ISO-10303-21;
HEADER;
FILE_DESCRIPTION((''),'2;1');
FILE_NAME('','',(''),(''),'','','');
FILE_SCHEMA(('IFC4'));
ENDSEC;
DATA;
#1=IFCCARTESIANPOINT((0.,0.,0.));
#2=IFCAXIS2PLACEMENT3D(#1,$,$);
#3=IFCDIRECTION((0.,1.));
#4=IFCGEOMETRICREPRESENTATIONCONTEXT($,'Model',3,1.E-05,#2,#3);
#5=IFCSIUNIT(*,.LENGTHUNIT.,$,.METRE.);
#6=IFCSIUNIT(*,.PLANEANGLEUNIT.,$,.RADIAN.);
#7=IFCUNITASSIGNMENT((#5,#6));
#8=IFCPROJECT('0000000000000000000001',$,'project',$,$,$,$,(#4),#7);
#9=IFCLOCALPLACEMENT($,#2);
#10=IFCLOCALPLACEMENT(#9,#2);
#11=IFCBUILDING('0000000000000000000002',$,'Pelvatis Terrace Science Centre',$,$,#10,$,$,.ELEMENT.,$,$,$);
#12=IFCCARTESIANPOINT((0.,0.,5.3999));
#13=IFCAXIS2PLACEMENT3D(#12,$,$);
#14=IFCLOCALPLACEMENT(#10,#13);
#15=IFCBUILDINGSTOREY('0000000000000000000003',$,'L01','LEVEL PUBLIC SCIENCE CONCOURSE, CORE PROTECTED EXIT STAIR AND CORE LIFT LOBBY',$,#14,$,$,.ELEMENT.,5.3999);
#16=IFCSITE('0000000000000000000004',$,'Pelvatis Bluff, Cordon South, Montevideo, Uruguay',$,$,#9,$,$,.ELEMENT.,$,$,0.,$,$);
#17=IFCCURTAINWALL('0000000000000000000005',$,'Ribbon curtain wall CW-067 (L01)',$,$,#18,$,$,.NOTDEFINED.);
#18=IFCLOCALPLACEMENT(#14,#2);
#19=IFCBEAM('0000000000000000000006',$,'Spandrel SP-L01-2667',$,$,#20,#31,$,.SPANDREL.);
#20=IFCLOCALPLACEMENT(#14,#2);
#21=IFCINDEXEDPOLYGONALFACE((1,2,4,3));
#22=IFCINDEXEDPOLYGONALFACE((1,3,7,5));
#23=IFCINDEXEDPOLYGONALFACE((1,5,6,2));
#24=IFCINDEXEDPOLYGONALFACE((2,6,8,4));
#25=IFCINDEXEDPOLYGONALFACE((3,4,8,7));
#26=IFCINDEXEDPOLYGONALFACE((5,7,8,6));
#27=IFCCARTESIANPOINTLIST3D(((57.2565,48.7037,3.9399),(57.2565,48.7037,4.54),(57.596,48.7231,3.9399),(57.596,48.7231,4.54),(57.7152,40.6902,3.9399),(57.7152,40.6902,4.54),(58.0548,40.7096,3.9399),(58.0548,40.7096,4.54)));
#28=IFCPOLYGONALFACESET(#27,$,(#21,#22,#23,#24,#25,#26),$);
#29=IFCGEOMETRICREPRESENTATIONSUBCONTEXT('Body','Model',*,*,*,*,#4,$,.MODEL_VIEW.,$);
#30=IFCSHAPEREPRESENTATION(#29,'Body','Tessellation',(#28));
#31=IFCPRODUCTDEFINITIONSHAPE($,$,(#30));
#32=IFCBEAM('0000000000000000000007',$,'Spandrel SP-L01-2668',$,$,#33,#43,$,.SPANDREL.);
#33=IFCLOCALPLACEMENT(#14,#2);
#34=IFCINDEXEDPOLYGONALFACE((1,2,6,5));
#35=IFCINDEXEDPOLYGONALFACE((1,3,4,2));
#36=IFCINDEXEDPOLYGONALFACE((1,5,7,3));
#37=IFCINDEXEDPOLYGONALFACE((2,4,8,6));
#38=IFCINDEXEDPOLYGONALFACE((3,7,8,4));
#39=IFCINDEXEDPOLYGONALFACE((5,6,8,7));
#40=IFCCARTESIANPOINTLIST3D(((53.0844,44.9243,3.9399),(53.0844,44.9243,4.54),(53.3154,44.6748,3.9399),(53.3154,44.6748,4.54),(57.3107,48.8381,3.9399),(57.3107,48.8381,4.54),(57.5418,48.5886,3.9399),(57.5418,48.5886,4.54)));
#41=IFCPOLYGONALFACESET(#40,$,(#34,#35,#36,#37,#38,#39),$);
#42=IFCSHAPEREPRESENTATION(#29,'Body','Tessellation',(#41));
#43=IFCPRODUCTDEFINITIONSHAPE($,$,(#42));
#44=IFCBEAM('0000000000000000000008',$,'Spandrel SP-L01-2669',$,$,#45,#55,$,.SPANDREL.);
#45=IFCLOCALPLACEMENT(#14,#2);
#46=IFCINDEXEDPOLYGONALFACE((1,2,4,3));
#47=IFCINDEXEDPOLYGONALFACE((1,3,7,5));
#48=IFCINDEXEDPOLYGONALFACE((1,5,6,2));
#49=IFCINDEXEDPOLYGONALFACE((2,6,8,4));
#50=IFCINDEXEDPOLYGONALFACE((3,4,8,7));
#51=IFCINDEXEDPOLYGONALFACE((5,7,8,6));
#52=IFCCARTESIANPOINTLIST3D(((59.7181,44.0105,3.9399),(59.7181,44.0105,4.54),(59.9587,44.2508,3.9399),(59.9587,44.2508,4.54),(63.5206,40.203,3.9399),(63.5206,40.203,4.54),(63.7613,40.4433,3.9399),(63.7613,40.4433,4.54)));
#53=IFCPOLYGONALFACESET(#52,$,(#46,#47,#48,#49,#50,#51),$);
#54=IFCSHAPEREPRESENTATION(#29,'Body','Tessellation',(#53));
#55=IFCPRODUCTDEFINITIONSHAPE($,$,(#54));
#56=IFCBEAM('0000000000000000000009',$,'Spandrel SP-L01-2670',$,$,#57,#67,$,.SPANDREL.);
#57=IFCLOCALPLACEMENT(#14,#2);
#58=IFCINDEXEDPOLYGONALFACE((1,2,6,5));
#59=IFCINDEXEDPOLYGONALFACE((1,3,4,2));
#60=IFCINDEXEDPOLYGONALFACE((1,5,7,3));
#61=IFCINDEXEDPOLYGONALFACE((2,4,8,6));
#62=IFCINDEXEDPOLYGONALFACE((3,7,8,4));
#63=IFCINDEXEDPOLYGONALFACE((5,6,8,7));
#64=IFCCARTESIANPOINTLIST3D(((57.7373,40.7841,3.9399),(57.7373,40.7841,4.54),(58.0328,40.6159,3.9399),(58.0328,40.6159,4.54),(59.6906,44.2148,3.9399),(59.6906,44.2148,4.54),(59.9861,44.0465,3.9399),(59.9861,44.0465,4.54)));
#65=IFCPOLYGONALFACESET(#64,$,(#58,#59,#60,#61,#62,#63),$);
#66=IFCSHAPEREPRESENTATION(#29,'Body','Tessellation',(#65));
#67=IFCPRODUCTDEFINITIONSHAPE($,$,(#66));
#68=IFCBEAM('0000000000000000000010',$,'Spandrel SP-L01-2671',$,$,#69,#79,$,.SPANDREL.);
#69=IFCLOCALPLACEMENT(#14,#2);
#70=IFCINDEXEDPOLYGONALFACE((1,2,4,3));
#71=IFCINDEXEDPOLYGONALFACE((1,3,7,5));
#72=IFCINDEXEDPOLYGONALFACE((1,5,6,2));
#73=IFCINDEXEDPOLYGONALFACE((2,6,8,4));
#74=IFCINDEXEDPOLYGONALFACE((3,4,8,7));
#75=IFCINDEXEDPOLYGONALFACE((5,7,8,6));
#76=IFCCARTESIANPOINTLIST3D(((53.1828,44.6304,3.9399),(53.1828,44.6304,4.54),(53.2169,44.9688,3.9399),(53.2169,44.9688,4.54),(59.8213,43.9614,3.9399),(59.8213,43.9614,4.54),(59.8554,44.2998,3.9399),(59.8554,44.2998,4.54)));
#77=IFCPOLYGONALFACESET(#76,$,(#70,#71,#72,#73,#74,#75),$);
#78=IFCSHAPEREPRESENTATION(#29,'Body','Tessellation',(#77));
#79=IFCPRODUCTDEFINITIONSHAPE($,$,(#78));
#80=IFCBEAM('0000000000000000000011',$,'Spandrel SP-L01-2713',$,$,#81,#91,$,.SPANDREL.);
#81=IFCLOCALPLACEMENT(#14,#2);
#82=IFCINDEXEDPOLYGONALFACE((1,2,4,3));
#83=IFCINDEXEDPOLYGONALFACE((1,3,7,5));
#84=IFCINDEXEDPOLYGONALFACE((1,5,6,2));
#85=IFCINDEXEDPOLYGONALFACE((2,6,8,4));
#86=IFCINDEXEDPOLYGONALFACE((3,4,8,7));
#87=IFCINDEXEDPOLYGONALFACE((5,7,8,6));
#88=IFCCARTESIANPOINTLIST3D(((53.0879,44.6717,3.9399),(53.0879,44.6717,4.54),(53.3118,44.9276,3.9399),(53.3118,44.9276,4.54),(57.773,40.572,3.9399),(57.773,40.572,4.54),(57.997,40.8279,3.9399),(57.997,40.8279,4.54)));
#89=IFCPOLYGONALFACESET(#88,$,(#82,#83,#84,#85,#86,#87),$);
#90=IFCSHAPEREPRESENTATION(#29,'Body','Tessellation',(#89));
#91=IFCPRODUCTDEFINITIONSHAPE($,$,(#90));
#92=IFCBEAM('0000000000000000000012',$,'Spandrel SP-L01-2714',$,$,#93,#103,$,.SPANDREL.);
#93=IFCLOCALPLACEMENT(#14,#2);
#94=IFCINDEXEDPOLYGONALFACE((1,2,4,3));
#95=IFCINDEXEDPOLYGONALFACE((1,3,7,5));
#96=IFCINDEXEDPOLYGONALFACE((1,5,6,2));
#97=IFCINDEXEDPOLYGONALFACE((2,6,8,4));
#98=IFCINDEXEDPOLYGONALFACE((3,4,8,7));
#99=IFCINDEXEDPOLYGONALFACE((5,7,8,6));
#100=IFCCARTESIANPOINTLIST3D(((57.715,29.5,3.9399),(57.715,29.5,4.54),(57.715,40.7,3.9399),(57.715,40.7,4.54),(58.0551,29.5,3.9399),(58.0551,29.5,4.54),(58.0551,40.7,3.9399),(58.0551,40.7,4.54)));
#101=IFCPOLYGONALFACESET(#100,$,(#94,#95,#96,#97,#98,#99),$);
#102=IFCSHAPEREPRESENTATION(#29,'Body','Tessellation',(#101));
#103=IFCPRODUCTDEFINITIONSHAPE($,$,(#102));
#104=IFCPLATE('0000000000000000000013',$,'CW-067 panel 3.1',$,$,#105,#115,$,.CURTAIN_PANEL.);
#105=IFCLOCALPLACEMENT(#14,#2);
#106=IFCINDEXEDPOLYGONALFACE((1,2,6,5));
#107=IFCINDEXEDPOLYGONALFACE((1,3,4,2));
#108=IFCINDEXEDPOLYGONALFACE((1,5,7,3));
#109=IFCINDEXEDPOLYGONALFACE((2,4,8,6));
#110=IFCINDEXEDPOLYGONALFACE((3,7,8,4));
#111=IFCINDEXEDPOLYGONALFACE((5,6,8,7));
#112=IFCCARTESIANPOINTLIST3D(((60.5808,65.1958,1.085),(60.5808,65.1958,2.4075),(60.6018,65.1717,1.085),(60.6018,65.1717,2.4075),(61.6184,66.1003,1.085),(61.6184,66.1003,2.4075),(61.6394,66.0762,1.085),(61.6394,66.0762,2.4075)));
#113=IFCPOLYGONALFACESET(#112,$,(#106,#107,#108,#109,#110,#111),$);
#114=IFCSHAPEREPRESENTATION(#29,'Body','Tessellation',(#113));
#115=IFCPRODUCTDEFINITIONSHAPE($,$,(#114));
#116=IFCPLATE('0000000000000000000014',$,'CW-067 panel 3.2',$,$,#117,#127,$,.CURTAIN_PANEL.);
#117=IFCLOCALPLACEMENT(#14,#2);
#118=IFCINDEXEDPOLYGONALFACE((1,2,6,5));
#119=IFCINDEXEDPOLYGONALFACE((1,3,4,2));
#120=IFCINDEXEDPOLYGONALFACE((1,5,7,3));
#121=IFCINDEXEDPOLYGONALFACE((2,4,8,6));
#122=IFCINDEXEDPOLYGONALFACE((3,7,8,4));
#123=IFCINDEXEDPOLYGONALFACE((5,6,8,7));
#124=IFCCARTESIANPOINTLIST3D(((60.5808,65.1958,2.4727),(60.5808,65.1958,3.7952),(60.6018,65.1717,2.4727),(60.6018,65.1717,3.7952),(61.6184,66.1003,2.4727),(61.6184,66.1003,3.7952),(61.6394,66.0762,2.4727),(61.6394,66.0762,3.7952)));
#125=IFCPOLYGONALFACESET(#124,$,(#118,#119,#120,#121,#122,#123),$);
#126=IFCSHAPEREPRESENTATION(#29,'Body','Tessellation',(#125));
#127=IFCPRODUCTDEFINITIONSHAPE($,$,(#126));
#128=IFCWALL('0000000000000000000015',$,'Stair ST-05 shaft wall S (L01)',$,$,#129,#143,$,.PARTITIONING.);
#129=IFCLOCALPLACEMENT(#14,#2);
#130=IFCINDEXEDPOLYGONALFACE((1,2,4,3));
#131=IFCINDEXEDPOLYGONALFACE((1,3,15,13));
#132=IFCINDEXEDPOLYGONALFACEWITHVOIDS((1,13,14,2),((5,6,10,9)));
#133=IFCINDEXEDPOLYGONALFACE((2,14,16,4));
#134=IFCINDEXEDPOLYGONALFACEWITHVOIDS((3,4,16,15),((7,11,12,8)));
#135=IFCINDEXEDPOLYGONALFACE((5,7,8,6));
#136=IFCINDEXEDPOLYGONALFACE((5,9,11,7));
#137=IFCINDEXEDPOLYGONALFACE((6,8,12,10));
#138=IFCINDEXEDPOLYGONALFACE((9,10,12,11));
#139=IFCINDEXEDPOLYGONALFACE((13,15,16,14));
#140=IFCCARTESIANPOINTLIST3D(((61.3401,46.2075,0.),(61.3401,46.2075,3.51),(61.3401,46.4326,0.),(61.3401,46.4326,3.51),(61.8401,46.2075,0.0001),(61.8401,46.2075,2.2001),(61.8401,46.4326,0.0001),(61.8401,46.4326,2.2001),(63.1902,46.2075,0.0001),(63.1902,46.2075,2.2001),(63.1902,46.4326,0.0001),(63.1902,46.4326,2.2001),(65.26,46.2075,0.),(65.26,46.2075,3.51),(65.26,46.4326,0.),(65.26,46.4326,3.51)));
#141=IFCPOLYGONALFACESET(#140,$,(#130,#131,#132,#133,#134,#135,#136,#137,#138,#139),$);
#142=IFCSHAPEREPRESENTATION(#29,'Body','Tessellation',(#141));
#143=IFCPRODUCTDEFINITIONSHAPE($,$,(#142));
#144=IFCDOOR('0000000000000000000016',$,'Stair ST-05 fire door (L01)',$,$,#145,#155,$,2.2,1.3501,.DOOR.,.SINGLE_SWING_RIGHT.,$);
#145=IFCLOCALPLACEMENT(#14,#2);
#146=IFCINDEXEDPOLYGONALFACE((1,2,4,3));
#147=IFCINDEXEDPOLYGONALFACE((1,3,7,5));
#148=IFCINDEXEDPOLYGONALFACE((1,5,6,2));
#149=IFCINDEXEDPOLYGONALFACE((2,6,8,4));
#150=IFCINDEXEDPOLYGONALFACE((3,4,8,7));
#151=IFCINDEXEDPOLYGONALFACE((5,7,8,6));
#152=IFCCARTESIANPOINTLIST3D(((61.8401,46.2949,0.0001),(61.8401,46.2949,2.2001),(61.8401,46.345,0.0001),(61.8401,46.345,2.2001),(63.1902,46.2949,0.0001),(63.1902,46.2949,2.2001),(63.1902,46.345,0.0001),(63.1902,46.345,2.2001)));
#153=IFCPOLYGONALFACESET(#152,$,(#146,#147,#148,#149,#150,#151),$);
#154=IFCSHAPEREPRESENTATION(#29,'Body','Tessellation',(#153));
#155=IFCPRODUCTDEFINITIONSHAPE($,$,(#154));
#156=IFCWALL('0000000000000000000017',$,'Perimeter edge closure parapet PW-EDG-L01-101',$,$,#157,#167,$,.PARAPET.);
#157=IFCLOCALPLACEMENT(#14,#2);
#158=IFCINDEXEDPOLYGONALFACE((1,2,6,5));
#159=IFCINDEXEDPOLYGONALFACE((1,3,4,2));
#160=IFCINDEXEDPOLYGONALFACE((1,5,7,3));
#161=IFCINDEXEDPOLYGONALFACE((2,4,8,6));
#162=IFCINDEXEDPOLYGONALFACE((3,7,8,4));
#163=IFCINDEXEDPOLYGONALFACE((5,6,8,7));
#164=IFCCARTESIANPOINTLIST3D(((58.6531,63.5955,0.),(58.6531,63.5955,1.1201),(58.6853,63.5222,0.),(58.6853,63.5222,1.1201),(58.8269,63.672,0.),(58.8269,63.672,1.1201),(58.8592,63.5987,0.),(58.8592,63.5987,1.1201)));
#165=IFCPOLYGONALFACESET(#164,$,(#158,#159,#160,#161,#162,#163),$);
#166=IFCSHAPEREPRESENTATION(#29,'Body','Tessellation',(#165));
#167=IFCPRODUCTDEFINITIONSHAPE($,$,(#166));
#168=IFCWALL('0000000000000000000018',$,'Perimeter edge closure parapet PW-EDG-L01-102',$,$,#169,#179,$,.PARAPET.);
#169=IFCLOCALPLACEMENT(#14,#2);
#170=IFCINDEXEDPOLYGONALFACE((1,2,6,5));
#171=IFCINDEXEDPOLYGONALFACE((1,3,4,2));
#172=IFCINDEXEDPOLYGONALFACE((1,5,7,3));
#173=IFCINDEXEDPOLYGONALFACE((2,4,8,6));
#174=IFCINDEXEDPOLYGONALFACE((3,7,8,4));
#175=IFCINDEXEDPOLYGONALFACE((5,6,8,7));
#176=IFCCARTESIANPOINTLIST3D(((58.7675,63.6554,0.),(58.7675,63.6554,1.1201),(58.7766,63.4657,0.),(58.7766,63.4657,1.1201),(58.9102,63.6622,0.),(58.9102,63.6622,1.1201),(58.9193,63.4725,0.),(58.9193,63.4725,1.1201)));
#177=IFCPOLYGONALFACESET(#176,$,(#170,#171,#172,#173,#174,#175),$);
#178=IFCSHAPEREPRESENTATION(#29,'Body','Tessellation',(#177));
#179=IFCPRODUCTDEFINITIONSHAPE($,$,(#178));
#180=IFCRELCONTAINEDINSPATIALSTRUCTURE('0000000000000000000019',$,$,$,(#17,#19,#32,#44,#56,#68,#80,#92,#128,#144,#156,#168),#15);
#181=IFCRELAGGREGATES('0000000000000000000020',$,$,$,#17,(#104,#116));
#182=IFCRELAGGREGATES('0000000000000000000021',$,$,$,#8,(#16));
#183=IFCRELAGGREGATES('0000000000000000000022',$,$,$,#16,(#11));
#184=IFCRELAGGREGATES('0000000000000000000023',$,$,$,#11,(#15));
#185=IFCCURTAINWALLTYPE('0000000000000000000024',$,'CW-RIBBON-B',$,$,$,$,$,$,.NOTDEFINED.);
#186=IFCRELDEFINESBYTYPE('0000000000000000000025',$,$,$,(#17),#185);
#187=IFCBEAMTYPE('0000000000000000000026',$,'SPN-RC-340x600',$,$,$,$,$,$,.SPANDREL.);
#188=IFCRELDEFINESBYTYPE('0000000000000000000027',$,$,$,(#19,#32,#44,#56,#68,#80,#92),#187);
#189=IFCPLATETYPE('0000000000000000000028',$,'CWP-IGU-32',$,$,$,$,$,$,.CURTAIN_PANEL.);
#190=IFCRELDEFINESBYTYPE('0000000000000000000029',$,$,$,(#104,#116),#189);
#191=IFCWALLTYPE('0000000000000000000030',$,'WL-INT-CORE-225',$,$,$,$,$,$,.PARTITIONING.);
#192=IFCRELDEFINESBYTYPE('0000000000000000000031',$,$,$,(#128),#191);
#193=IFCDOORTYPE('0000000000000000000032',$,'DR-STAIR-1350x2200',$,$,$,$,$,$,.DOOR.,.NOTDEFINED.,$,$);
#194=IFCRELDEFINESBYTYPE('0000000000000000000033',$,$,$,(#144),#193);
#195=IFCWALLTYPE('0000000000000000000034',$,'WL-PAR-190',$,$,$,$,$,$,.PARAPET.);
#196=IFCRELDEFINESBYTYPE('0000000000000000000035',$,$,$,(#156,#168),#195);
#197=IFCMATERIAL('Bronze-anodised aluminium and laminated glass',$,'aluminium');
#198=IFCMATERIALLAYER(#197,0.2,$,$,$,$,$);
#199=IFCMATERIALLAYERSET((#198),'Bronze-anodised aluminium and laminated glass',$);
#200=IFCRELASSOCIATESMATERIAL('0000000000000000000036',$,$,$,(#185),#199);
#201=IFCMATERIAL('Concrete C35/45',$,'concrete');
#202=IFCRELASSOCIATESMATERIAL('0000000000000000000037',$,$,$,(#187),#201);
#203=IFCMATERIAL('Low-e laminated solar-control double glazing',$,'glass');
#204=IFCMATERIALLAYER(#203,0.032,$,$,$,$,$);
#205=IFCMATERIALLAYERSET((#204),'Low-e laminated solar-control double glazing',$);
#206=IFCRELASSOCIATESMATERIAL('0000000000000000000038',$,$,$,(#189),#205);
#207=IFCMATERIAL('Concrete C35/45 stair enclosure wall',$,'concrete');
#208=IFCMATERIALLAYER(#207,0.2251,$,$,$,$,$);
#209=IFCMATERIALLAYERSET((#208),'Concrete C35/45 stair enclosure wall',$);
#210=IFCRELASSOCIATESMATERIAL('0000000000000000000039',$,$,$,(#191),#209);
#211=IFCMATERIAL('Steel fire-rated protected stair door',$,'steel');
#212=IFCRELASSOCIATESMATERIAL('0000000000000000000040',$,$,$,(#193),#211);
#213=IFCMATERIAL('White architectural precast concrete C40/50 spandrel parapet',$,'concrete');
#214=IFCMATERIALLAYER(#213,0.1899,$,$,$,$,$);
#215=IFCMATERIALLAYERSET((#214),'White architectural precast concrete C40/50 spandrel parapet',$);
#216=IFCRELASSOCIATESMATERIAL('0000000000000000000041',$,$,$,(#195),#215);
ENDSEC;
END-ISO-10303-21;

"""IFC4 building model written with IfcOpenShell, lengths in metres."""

from ifc_helpers import new_model, si_unit, direction, frame, frame_2d, origin, origin_2d, place, context, subcontext, project, spatial, rectangle, extrude, material, layer, layer_set, material_profile, profile_set, type_object, element, fill, aggregate, save


model = new_model("IFC4")

# Units and contexts
model_context = context("Model", 3, precision=1e-05, world=origin(), true_north=direction((0.0, 1.0)))
body_context = subcontext(model_context, "Body", "Model", "MODEL_VIEW")
ifc_project = project(units=[si_unit("LENGTHUNIT", "METRE"), si_unit("PLANEANGLEUNIT", "RADIAN")], contexts=[model_context])

# Site, building, storey
site_placement = place(None, origin())
site = spatial("IfcSite", under=ifc_project, at=site_placement, Name="Pelvatis Bluff, Cordon South, Montevideo, Uruguay", CompositionType="ELEMENT", RefElevation=0.0)
building_placement = place(site_placement, origin())
building = spatial("IfcBuilding", under=site, at=building_placement, Name="Pelvatis Terrace Science Centre", CompositionType="ELEMENT")
storey_placement = place(building_placement, frame((0.0, 0.0, 5.3999)))
storey = spatial("IfcBuildingStorey", under=building, at=storey_placement, Name="L01", Description="LEVEL PUBLIC SCIENCE CONCOURSE, CORE PROTECTED EXIT STAIR AND CORE LIFT LOBBY", CompositionType="ELEMENT", Elevation=5.3999)

# Curtain wall
ifc_material_1 = material(Name="Bronze-anodised aluminium and laminated glass", Category="aluminium")
ifc_layer_1 = layer(ifc_material_1, 0.2)
ifc_layer_set_1 = layer_set([ifc_layer_1], Name="Bronze-anodised aluminium and laminated glass")
curtain_wall_type = type_object("IfcCurtainWallType", Name="CW-RIBBON-B", PredefinedType="NOTDEFINED", material=ifc_layer_set_1)
curtain_wall_placement = place(storey_placement, origin())
curtain_wall = element("IfcCurtainWall", 1, at=curtain_wall_placement, inside=storey, type_object=curtain_wall_type, Name="Ribbon curtain wall CW-067 (L01)", PredefinedType="NOTDEFINED")

# Beams
ifc_material_2 = material(Name="Concrete C35/45", Category="concrete")
ifc_material_profile_1 = material_profile(ifc_material_2, rectangle(XDim=0.3401, YDim=0.6001, at=origin_2d()), Name="RC-SPN 340x600")
ifc_profile_set_1 = profile_set([ifc_material_profile_1], Name="Concrete C35/45")
beam_type_1 = type_object("IfcBeamType", Name="SPN-RC-340x600", PredefinedType="SPANDREL", material=ifc_profile_set_1)
beam_1_placement = place(storey_placement, frame((57.4263, 48.7134, 4.24), z_axis=(0.057153, -0.998365, 0.0), x_axis=(0.998365, 0.057153, 0.0)))
element("IfcBeam", 2, at=beam_1_placement, inside=storey, type_object=beam_type_1, Name="Spandrel SP-L01-2667", PredefinedType="SPANDREL", context=body_context, shape_type="SweptSolid", body=[
    extrude(rectangle(XDim=0.3401, YDim=0.6001, at=origin_2d()), origin(), (0.0, 0.0, 1.0), 8.0266),
])
beam_2_placement = place(storey_placement, frame((57.4263, 48.7134, 4.24), z_axis=(-0.733712, -0.67946, 0.0), x_axis=(0.67946, -0.733712, 0.0)))
element("IfcBeam", 3, at=beam_2_placement, inside=storey, type_object=beam_type_1, Name="Spandrel SP-L01-2668", PredefinedType="SPANDREL", context=body_context, shape_type="SweptSolid", body=[
    extrude(rectangle(XDim=0.3401, YDim=0.6001, at=origin_2d()), origin(), (0.0, 0.0, 1.0), 5.7603),
])
beam_3_placement = place(storey_placement, frame((59.8384, 44.1306, 4.24), z_axis=(0.706653, -0.70756, 0.0), x_axis=(0.70756, 0.706653, 0.0)))
element("IfcBeam", 4, at=beam_3_placement, inside=storey, type_object=beam_type_1, Name="Spandrel SP-L01-2669", PredefinedType="SPANDREL", context=body_context, shape_type="SweptSolid", body=[
    extrude(rectangle(XDim=0.3401, YDim=0.6001, at=origin_2d()), origin(), (0.0, 0.0, 1.0), 5.3811),
])
beam_4_placement = place(storey_placement, frame((59.8384, 44.1306, 4.24), z_axis=(-0.4948, -0.869007, 0.0), x_axis=(0.869007, -0.4948, 0.0)))
element("IfcBeam", 5, at=beam_4_placement, inside=storey, type_object=beam_type_1, Name="Spandrel SP-L01-2670", PredefinedType="SPANDREL", context=body_context, shape_type="SweptSolid", body=[
    extrude(rectangle(XDim=0.3401, YDim=0.6001, at=origin_2d()), origin(), (0.0, 0.0, 1.0), 3.9478),
])
beam_5_placement = place(storey_placement, frame((59.8384, 44.1306, 4.24), z_axis=(-0.994961, 0.100261, 0.0), x_axis=(-0.100261, -0.994961, 0.0)))
element("IfcBeam", 6, at=beam_5_placement, inside=storey, type_object=beam_type_1, Name="Spandrel SP-L01-2671", PredefinedType="SPANDREL", context=body_context, shape_type="SweptSolid", body=[
    extrude(rectangle(XDim=0.3401, YDim=0.6001, at=origin_2d()), origin(), (0.0, 0.0, 1.0), 6.6721),
])
beam_6_placement = place(storey_placement, frame((57.885, 40.7, 4.24), z_axis=(-0.752562, 0.658521, 0.0), x_axis=(-0.658521, -0.752562, 0.0)))
element("IfcBeam", 7, at=beam_6_placement, inside=storey, type_object=beam_type_1, Name="Spandrel SP-L01-2713", PredefinedType="SPANDREL", context=body_context, shape_type="SweptSolid", body=[
    extrude(rectangle(XDim=0.3401, YDim=0.6001, at=origin_2d()), origin(), (0.0, 0.0, 1.0), 6.2256),
])
beam_7_placement = place(storey_placement, frame((57.885, 40.7, 4.24), z_axis=(0.0, -1.0, 0.0), x_axis=(1.0, 0.0, 0.0)))
element("IfcBeam", 8, at=beam_7_placement, inside=storey, type_object=beam_type_1, Name="Spandrel SP-L01-2714", PredefinedType="SPANDREL", context=body_context, shape_type="SweptSolid", body=[
    extrude(rectangle(XDim=0.3401, YDim=0.6001, at=origin_2d()), origin(), (0.0, 0.0, 1.0), 11.2),
])

# Plates
ifc_material_3 = material(Name="Low-e laminated solar-control double glazing", Category="glass")
ifc_layer_2 = layer(ifc_material_3, 0.032)
ifc_layer_set_2 = layer_set([ifc_layer_2], Name="Low-e laminated solar-control double glazing")
plate_type = type_object("IfcPlateType", Name="CWP-IGU-32", PredefinedType="CURTAIN_PANEL", material=ifc_layer_set_2)
plate_1_placement = place(storey_placement, frame((61.1101, 65.636, 1.085), z_axis=(0.0, 0.0, 1.0), x_axis=(-0.753793, -0.657112, 0.0)))
plate_1 = element("IfcPlate", 9, at=plate_1_placement, type_object=plate_type, Name="CW-067 panel 3.1", PredefinedType="CURTAIN_PANEL", context=body_context, shape_type="SweptSolid", body=[
    extrude(rectangle(XDim=1.3765, YDim=0.032, at=origin_2d()), origin(), (0.0, 0.0, 1.0), 1.3225),
])
plate_2_placement = place(storey_placement, frame((61.1101, 65.636, 2.4727), z_axis=(0.0, 0.0, 1.0), x_axis=(-0.753793, -0.657112, 0.0)))
plate_2 = element("IfcPlate", 10, at=plate_2_placement, type_object=plate_type, Name="CW-067 panel 3.2", PredefinedType="CURTAIN_PANEL", context=body_context, shape_type="SweptSolid", body=[
    extrude(rectangle(XDim=1.3765, YDim=0.032, at=origin_2d()), origin(), (0.0, 0.0, 1.0), 1.3225),
])
aggregate(curtain_wall, [plate_1, plate_2])

# Wall, opening, door
ifc_material_4 = material(Name="Concrete C35/45 stair enclosure wall", Category="concrete")
ifc_layer_3 = layer(ifc_material_4, 0.2251)
ifc_layer_set_3 = layer_set([ifc_layer_3], Name="Concrete C35/45 stair enclosure wall")
wall_type_1 = type_object("IfcWallType", Name="WL-INT-CORE-225", PredefinedType="PARTITIONING", material=ifc_layer_set_3)
wall_1_placement = place(storey_placement, frame((61.3401, 46.3201, 0.0), z_axis=(0.0, 0.0, 1.0), x_axis=(1.0, 0.0, 0.0)))
wall_1 = element("IfcWall", 11, at=wall_1_placement, inside=storey, type_object=wall_type_1, Name="Stair ST-05 shaft wall S (L01)", PredefinedType="PARTITIONING", context=body_context, shape_type="SweptSolid", body=[
    extrude(rectangle(XDim=3.9199, YDim=0.2251, at=frame_2d((1.96, 0.0))), origin(), (0.0, 0.0, 1.0), 3.51),
])
opening_placement = place(wall_1_placement, frame((0.5, 0.0, 0.0)))
opening = element("IfcOpeningElement", 12, at=opening_placement, cuts=wall_1, PredefinedType="OPENING", context=body_context, shape_type="SweptSolid", body=[
    extrude(rectangle(XDim=1.3501, YDim=2.2, at=frame_2d((0.675, 1.1001))), frame((0.0, 0.1226, 0.0), z_axis=(0.0, -1.0, 0.0), x_axis=(1.0, 0.0, 0.0)), (0.0, 0.0, 1.0), 0.2451),
])
ifc_material_5 = material(Name="Steel fire-rated protected stair door", Category="steel")
door_type = type_object("IfcDoorType", Name="DR-STAIR-1350x2200", OperationType="NOTDEFINED", PredefinedType="DOOR", material=ifc_material_5)
door_placement = place(opening_placement, origin())
door = element("IfcDoor", 13, at=door_placement, inside=storey, type_object=door_type, Name="Stair ST-05 fire door (L01)", OperationType="SINGLE_SWING_RIGHT", OverallHeight=2.2, OverallWidth=1.3501, PredefinedType="DOOR", context=body_context, shape_type="SweptSolid", body=[
    extrude(rectangle(XDim=1.3501, YDim=2.2, at=frame_2d((0.675, 1.1001))), frame((0.0, 0.0249, 0.0), z_axis=(0.0, -1.0, 0.0), x_axis=(1.0, 0.0, 0.0)), (0.0, 0.0, 1.0), 0.05),
])
fill(opening, door)

# Walls
ifc_material_6 = material(Name="White architectural precast concrete C40/50 spandrel parapet", Category="concrete")
ifc_layer_4 = layer(ifc_material_6, 0.1899)
ifc_layer_set_4 = layer_set([ifc_layer_4], Name="White architectural precast concrete C40/50 spandrel parapet")
wall_type_2 = type_object("IfcWallType", Name="WL-PAR-190", PredefinedType="PARAPET", material=ifc_layer_set_4)
wall_2_placement = place(storey_placement, frame((58.74, 63.6338, 0.0), z_axis=(0.0, 0.0, 1.0), x_axis=(0.402739, -0.915315, 0.0)))
element("IfcWall", 14, at=wall_2_placement, inside=storey, type_object=wall_type_2, Name="Perimeter edge closure parapet PW-EDG-L01-101", PredefinedType="PARAPET", context=body_context, shape_type="SweptSolid", body=[
    extrude(rectangle(XDim=0.0801, YDim=0.1899, at=frame_2d((0.04, 0.0))), origin(), (0.0, 0.0, 1.0), 1.1201),
])
wall_3_placement = place(storey_placement, frame((58.7722, 63.5605, 0.0), z_axis=(0.0, 0.0, 1.0), x_axis=(0.998853, 0.04789, 0.0)))
element("IfcWall", 15, at=wall_3_placement, inside=storey, type_object=wall_type_2, Name="Perimeter edge closure parapet PW-EDG-L01-102", PredefinedType="PARAPET", context=body_context, shape_type="SweptSolid", body=[
    extrude(rectangle(XDim=0.1428, YDim=0.1899, at=frame_2d((0.0713, 0.0))), origin(), (0.0, 0.0, 1.0), 1.1201),
])

save(model, "model.ifc")
